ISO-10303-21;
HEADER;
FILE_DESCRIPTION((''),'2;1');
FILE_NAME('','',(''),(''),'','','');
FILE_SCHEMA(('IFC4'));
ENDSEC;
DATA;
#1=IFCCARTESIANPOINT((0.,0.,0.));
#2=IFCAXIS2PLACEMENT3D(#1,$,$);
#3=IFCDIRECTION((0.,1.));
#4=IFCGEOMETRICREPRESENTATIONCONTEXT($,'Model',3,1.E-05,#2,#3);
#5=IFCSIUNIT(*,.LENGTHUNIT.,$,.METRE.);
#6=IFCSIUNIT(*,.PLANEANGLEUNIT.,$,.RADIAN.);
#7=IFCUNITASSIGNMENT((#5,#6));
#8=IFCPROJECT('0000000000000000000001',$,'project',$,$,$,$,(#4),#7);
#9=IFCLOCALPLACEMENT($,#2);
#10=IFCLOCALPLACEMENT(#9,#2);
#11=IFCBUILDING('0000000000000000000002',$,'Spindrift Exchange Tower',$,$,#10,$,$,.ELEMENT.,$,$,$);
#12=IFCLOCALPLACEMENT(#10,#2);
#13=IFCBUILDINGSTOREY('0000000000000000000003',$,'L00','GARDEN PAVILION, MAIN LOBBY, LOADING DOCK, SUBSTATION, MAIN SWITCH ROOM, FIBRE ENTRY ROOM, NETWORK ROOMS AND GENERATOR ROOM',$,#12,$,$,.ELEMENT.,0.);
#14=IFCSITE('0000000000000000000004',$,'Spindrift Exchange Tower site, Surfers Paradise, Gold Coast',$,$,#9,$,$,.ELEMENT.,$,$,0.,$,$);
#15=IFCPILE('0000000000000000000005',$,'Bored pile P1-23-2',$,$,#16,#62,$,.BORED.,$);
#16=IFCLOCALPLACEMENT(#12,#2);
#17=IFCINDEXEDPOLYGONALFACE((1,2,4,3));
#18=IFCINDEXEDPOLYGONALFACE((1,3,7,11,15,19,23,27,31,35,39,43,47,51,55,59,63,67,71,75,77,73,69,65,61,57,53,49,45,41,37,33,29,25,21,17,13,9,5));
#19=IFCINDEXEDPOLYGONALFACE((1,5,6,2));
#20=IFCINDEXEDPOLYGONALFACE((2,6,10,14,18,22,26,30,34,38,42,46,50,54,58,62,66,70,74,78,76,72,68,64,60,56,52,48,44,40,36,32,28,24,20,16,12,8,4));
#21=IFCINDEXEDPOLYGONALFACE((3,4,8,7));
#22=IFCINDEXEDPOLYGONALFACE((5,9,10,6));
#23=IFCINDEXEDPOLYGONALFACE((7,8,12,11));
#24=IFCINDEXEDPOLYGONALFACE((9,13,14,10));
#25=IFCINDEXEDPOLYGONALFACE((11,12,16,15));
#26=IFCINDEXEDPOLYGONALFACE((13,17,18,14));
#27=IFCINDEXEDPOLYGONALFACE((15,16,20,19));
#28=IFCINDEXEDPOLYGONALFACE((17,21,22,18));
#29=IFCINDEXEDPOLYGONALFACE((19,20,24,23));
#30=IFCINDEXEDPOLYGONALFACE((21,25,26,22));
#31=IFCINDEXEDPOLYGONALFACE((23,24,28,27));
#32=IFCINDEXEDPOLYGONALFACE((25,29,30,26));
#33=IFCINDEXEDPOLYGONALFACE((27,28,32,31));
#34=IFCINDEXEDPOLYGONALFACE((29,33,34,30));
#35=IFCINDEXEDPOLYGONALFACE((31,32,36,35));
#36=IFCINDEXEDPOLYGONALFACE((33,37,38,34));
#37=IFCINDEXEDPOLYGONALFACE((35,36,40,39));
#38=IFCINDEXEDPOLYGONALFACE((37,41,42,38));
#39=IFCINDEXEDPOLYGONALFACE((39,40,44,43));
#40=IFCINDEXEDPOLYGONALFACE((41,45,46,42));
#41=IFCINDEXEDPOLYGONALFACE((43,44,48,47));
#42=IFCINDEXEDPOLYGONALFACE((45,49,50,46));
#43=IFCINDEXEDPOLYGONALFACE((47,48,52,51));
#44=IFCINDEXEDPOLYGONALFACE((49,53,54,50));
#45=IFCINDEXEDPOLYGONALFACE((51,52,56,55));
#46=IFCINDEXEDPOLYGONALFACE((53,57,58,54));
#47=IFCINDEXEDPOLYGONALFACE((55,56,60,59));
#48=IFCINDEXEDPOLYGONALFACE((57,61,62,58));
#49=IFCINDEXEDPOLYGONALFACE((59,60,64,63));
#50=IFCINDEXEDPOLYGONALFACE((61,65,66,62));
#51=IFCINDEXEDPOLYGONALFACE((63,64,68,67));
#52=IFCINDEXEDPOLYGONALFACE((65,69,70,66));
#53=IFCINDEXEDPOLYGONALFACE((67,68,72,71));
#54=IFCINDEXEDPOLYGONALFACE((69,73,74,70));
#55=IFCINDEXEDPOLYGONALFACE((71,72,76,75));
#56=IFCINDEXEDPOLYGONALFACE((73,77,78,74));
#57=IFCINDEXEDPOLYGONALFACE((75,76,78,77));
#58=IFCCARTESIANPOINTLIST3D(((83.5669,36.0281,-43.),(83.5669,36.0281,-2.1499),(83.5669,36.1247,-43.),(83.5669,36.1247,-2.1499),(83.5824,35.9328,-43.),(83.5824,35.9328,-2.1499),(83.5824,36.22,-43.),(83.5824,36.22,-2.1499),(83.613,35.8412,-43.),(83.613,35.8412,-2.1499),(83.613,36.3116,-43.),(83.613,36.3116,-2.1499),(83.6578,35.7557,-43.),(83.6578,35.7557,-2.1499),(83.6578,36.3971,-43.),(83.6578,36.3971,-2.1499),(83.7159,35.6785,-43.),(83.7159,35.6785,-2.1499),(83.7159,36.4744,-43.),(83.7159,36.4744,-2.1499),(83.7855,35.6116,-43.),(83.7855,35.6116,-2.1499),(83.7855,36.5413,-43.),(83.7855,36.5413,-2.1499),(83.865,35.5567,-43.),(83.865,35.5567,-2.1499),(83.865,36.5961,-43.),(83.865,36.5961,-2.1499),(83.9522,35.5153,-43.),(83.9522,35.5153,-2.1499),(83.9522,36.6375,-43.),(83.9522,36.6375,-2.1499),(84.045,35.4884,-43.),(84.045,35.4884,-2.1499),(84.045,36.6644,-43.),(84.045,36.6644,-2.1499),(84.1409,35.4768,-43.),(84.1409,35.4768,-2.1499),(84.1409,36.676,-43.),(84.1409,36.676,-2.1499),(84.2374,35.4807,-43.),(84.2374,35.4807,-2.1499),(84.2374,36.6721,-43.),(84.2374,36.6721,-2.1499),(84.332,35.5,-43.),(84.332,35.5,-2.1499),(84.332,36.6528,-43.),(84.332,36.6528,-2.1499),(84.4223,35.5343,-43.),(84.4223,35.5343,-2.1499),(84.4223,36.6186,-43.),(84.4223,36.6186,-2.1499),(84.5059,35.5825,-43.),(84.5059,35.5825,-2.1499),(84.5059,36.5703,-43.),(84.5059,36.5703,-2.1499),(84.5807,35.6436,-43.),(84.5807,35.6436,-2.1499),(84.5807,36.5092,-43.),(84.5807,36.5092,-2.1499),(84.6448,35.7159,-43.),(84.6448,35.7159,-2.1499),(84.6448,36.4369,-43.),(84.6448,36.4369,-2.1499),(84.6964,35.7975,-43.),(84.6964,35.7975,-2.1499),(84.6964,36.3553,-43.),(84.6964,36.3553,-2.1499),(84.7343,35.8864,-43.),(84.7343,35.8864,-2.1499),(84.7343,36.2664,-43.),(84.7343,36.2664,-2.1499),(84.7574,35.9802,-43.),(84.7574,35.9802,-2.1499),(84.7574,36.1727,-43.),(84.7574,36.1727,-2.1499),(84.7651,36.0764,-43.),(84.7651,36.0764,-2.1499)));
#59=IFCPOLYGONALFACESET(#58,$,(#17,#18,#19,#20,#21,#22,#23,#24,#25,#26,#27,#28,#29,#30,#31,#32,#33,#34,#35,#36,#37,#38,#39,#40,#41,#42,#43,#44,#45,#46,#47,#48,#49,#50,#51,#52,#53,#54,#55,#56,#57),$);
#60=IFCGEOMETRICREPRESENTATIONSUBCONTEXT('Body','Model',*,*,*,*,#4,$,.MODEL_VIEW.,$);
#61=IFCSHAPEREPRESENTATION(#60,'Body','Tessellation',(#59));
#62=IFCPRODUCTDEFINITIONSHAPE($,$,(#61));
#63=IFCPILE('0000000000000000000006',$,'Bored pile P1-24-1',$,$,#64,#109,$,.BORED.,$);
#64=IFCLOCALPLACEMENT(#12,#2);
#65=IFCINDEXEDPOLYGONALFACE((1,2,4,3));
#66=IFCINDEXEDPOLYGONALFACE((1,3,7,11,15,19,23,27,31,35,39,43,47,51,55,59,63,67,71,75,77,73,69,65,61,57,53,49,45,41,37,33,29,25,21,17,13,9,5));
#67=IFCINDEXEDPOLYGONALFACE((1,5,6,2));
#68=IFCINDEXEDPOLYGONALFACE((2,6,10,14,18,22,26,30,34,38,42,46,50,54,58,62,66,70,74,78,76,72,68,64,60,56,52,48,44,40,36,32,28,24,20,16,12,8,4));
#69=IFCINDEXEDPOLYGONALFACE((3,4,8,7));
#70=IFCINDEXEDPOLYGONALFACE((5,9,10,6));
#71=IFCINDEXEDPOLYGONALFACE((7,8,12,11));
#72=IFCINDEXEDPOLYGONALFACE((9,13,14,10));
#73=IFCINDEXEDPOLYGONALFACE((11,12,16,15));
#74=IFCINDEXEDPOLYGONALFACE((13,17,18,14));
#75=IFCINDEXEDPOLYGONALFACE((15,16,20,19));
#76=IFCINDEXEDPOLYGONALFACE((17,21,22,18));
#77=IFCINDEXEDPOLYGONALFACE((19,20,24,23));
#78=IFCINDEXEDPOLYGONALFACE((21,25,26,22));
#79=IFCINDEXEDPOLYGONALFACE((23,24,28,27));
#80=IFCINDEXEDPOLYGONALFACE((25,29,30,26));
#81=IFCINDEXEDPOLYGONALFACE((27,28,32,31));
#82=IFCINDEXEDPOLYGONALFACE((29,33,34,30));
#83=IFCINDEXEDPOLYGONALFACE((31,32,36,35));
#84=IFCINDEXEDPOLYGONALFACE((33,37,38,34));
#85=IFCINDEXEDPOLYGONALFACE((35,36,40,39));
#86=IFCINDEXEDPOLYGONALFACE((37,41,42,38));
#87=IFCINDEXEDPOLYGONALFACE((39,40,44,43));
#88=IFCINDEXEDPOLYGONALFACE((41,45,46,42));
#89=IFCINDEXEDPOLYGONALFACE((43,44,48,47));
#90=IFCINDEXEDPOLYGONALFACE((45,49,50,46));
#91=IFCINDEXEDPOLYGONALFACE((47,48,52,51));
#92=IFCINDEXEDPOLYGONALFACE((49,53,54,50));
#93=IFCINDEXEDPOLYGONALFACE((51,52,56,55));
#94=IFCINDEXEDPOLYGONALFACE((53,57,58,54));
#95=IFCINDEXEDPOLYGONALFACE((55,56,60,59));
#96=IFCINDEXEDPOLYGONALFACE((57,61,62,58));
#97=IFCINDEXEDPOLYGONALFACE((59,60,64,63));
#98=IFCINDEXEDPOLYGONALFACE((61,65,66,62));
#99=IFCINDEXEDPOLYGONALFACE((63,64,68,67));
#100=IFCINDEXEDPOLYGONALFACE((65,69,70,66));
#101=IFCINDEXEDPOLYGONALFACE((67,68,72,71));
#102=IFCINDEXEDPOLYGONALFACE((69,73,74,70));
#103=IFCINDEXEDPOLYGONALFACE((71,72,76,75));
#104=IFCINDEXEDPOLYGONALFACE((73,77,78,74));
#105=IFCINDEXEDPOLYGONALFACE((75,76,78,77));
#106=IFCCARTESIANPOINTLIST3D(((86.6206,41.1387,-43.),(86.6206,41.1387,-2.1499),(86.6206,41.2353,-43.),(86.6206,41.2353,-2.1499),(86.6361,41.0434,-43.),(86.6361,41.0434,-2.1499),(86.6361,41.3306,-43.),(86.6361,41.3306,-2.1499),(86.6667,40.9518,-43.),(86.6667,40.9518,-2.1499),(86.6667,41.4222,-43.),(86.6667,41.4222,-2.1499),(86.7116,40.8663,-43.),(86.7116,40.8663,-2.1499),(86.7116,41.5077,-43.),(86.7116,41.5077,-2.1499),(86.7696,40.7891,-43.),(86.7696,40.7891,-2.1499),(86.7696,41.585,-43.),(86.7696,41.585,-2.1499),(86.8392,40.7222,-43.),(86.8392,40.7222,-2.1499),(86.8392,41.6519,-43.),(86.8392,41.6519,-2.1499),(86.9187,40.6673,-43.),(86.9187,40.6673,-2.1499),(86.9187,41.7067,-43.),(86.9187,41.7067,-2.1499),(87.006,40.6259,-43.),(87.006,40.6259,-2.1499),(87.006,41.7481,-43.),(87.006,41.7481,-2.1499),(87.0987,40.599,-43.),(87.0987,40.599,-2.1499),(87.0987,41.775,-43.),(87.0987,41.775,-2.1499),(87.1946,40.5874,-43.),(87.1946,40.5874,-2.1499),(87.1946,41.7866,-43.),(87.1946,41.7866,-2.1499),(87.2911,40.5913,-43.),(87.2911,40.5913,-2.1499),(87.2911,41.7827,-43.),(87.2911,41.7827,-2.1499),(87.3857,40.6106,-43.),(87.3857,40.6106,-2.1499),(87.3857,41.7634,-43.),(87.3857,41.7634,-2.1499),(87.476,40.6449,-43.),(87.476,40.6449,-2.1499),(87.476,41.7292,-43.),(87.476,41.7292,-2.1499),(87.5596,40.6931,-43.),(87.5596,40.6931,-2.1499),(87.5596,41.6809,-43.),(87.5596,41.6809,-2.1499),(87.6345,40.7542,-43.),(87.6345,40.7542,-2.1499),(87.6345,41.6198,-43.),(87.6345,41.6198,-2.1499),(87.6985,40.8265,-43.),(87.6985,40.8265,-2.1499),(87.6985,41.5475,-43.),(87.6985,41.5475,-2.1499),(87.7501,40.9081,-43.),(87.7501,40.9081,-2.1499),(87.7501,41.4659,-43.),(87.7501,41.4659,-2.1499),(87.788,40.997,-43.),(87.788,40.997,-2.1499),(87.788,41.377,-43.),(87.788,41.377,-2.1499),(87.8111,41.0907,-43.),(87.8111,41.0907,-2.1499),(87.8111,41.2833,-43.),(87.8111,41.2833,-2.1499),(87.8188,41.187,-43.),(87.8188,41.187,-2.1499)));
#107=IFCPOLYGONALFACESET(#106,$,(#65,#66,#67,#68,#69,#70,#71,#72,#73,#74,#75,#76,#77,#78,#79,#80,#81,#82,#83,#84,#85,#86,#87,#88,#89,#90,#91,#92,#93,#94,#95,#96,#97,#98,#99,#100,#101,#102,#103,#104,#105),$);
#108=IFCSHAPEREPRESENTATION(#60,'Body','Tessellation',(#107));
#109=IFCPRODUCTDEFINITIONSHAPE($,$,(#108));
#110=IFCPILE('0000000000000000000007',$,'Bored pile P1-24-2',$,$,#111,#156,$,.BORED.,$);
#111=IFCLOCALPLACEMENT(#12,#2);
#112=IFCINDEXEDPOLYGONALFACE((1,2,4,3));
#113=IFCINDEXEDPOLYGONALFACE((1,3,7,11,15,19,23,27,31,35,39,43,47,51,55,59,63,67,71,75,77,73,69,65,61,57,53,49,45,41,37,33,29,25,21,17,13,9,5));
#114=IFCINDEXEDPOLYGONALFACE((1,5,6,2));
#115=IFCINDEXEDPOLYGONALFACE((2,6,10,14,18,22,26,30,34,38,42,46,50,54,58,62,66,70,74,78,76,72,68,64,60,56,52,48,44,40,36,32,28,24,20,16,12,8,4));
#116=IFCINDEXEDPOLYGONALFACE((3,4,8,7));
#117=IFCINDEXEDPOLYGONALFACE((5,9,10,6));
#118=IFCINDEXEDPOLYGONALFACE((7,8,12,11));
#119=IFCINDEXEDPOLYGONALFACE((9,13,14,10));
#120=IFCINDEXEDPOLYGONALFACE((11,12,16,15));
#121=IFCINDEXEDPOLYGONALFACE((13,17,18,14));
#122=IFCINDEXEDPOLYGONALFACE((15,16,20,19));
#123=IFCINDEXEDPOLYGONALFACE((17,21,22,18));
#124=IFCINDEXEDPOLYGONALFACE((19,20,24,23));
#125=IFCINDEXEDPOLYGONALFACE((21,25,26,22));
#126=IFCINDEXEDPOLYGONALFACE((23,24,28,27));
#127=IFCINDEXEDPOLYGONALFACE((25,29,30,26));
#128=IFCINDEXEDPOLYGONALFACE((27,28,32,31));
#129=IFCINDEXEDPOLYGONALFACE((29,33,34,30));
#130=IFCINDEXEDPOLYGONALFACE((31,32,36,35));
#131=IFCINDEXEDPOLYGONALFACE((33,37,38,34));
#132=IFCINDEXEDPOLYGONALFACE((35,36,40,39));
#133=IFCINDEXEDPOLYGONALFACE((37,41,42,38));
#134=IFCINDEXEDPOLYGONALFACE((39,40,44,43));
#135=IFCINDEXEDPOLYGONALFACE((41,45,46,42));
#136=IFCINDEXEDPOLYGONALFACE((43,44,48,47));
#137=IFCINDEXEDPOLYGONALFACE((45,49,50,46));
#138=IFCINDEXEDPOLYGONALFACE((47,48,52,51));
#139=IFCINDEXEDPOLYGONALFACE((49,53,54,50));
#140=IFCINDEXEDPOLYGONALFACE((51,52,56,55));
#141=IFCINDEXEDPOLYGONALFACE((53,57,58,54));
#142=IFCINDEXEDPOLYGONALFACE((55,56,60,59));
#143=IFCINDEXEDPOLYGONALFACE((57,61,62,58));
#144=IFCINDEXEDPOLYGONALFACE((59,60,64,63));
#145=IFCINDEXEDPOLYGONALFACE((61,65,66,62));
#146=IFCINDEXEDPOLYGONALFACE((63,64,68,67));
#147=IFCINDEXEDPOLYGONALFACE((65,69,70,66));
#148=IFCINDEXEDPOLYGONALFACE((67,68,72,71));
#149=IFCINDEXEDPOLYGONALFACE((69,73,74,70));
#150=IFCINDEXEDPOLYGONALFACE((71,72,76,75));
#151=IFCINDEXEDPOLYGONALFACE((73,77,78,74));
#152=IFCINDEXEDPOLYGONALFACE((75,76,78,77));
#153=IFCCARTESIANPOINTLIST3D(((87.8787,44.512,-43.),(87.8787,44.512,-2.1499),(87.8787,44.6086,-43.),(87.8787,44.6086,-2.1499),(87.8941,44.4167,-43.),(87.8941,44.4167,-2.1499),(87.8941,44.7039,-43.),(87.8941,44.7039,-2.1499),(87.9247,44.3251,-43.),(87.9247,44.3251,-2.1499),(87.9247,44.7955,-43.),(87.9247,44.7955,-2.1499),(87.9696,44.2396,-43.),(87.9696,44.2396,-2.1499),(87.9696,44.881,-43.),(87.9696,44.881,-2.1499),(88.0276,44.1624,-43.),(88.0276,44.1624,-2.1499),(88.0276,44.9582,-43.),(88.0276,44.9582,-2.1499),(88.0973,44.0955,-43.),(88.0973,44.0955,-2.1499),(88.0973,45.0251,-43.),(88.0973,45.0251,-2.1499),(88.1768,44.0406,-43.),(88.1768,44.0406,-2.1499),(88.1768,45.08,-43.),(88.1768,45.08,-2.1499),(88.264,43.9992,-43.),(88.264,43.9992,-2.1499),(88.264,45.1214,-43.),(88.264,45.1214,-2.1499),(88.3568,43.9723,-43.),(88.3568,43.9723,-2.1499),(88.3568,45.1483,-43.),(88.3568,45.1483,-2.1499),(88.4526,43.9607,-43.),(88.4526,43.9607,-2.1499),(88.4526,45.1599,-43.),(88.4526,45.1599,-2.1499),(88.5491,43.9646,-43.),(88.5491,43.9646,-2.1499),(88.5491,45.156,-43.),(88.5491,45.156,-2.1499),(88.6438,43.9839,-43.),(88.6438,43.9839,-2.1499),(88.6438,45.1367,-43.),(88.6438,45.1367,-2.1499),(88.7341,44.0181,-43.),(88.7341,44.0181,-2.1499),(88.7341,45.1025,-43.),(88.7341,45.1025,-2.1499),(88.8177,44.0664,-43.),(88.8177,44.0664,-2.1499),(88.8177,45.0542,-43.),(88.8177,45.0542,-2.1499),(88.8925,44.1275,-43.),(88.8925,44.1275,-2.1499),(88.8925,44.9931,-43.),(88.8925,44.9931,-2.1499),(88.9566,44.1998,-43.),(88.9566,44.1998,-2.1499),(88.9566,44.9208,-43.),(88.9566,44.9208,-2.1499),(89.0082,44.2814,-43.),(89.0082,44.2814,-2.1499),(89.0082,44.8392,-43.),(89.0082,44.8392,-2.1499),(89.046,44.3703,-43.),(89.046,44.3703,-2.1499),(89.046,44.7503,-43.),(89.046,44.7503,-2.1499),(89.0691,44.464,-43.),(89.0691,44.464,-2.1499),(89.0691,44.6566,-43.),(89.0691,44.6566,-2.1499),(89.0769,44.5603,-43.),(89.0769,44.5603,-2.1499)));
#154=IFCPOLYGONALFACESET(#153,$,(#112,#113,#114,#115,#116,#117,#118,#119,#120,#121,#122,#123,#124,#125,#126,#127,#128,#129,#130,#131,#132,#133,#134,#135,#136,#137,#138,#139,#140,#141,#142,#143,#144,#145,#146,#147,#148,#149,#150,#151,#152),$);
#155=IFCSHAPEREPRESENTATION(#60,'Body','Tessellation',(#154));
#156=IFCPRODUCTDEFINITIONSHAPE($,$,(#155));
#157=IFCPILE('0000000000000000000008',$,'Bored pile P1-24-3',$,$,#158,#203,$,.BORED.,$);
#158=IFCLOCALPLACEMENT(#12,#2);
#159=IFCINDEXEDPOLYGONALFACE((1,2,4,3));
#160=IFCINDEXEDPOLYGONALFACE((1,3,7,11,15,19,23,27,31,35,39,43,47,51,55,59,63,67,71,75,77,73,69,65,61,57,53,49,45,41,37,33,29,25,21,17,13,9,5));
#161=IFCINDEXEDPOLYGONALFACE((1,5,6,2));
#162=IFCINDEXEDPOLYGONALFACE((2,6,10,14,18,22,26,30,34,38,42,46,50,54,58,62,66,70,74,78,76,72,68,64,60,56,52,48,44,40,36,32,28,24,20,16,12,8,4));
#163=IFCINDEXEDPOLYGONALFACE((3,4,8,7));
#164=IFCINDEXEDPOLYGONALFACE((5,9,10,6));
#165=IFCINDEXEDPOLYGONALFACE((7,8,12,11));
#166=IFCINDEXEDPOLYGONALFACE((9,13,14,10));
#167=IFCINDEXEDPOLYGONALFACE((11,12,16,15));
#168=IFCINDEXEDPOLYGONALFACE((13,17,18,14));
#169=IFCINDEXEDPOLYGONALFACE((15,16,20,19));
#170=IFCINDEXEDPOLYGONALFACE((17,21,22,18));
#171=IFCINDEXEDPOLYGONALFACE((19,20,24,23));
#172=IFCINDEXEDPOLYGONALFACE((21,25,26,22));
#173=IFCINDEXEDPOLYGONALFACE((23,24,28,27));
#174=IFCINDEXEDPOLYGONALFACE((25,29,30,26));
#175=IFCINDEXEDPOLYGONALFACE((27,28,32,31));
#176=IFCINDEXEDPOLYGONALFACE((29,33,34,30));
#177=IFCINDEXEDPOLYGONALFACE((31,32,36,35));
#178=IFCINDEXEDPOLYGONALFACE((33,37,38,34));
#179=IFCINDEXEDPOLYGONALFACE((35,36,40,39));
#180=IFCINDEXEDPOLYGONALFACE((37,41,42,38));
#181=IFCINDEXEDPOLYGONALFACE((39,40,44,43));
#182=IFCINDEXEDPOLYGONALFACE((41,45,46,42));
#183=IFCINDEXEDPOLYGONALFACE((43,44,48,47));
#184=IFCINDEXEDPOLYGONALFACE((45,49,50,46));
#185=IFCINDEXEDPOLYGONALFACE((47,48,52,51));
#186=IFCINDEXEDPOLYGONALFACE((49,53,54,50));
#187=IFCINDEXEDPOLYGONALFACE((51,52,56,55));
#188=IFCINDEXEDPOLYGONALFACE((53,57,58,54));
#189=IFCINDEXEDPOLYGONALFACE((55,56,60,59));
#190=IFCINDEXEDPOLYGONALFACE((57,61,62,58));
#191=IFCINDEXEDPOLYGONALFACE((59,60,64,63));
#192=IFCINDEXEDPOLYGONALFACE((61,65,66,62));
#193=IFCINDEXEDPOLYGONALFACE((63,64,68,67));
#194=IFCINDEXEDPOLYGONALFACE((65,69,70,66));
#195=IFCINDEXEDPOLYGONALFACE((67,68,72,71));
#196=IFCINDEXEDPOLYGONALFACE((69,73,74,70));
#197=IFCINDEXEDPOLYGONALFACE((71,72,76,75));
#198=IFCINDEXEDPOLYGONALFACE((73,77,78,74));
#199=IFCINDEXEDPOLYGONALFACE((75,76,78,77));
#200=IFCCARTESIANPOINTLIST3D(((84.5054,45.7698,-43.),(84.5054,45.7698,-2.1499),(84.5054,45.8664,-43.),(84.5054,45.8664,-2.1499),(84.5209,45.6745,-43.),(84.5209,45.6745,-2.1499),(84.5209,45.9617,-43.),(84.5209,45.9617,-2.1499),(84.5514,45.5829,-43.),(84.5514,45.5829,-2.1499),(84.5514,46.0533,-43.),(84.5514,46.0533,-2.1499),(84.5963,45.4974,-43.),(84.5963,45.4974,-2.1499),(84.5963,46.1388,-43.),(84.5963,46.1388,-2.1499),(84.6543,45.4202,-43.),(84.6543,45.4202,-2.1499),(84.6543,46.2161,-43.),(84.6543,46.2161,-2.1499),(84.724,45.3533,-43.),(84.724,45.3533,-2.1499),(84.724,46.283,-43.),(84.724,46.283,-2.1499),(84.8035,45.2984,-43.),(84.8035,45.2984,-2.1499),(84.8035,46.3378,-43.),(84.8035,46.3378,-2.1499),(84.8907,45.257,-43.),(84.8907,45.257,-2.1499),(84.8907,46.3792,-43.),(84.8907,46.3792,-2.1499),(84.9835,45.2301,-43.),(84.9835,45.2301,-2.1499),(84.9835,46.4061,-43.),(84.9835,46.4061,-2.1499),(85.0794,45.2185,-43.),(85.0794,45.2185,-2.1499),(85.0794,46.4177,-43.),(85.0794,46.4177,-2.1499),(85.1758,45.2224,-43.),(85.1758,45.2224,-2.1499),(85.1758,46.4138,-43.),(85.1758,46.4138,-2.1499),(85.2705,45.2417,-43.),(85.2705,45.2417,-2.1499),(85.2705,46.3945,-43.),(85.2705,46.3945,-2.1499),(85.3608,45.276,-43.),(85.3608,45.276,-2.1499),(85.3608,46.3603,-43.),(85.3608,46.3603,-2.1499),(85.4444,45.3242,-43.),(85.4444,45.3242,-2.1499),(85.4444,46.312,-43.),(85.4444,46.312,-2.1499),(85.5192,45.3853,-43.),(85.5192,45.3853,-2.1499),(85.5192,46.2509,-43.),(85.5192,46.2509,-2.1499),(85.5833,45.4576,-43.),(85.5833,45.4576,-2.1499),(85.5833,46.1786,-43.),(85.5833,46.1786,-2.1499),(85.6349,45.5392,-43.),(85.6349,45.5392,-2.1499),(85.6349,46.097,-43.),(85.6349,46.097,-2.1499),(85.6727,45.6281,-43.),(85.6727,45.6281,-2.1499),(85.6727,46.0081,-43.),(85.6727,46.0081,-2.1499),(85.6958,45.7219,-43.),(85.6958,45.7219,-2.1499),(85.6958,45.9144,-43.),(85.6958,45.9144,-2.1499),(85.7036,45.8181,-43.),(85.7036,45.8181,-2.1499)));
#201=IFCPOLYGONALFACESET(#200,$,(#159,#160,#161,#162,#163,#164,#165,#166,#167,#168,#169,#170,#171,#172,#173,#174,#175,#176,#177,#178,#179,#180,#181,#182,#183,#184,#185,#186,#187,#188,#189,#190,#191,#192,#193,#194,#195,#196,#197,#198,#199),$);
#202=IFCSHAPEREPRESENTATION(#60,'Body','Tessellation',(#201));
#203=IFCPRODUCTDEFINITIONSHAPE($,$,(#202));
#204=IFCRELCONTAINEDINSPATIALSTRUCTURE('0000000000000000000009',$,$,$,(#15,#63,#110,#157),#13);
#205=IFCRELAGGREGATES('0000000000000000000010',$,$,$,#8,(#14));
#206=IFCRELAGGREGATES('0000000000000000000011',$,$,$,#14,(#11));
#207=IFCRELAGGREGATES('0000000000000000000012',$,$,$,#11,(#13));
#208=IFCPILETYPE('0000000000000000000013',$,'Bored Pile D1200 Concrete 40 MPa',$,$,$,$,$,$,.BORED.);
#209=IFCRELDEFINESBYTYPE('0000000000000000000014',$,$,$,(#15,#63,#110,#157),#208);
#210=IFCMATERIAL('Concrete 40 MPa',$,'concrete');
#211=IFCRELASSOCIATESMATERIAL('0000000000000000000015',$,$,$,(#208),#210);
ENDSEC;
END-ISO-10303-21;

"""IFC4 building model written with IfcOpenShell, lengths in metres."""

from ifc_helpers import new_model, si_unit, direction, frame, origin, origin_2d, place, context, subcontext, project, spatial, circle, extrude, source, transform, mapped, material, material_profile, profile_set, type_object, element, save


model = new_model("IFC4")

# Units and contexts
model_context = context("Model", 3, precision=1e-05, world=origin(), true_north=direction((0.0, 1.0)))
body_context = subcontext(model_context, "Body", "Model", "MODEL_VIEW")
ifc_project = project(units=[si_unit("LENGTHUNIT", "METRE"), si_unit("PLANEANGLEUNIT", "RADIAN")], contexts=[model_context])

# Site, building, storey
site_placement = place(None, origin())
site = spatial("IfcSite", under=ifc_project, at=site_placement, Name="Spindrift Exchange Tower site, Surfers Paradise, Gold Coast", CompositionType="ELEMENT", RefElevation=0.0)
building_placement = place(site_placement, origin())
building = spatial("IfcBuilding", under=site, at=building_placement, Name="Spindrift Exchange Tower", CompositionType="ELEMENT")
storey_placement = place(building_placement, origin())
storey = spatial("IfcBuildingStorey", under=building, at=storey_placement, Name="L00", Description="GARDEN PAVILION, MAIN LOBBY, LOADING DOCK, SUBSTATION, MAIN SWITCH ROOM, FIBRE ENTRY ROOM, NETWORK ROOMS AND GENERATOR ROOM", CompositionType="ELEMENT", Elevation=0.0)

# Piles
ifc_material_1 = material(Name="Concrete 40 MPa", Category="concrete")
ifc_material_profile_1 = material_profile(ifc_material_1, circle(Radius=0.6001, at=origin_2d()), Name="BP D1200")
ifc_profile_set_1 = profile_set([ifc_material_profile_1], Name="Concrete 40 MPa")
pile_type = type_object("IfcPileType", Name="Bored Pile D1200 Concrete 40 MPa", PredefinedType="BORED", material=ifc_profile_set_1)
shared_shape_1 = source(origin(), body_context, "Body", "SweptSolid", [
    extrude(circle(Radius=0.6001, at=origin_2d()), origin(), (0.0, 0.0, 1.0), 40.8501),
])
for number, where, z_axis, x_axis, name in (
    (1, (84.165, 36.0764, -2.1499), (0.0, 0.0, -1.0), (1.0, 0.0, 0.0), "Bored pile P1-23-2"),
    (2, (87.2188, 41.187, -2.1499), (0.0, 0.0, -1.0), (1.0, 0.0, 0.0), "Bored pile P1-24-1"),
    (3, (88.4768, 44.5603, -2.1499), (0.0, 0.0, -1.0), (1.0, 0.0, 0.0), "Bored pile P1-24-2"),
    (4, (85.1035, 45.8181, -2.1499), (0.0, 0.0, -1.0), (1.0, 0.0, 0.0), "Bored pile P1-24-3"),
):
    element("IfcPile", number, at=place(storey_placement, frame(where, z_axis=z_axis, x_axis=x_axis)), inside=storey, type_object=pile_type, Name=name, PredefinedType="BORED", context=body_context, shape_type="MappedRepresentation", body=[
        mapped(shared_shape_1, transform((0.0, 0.0, 0.0), scale=1.0)),
    ])

save(model, "model.ifc")
